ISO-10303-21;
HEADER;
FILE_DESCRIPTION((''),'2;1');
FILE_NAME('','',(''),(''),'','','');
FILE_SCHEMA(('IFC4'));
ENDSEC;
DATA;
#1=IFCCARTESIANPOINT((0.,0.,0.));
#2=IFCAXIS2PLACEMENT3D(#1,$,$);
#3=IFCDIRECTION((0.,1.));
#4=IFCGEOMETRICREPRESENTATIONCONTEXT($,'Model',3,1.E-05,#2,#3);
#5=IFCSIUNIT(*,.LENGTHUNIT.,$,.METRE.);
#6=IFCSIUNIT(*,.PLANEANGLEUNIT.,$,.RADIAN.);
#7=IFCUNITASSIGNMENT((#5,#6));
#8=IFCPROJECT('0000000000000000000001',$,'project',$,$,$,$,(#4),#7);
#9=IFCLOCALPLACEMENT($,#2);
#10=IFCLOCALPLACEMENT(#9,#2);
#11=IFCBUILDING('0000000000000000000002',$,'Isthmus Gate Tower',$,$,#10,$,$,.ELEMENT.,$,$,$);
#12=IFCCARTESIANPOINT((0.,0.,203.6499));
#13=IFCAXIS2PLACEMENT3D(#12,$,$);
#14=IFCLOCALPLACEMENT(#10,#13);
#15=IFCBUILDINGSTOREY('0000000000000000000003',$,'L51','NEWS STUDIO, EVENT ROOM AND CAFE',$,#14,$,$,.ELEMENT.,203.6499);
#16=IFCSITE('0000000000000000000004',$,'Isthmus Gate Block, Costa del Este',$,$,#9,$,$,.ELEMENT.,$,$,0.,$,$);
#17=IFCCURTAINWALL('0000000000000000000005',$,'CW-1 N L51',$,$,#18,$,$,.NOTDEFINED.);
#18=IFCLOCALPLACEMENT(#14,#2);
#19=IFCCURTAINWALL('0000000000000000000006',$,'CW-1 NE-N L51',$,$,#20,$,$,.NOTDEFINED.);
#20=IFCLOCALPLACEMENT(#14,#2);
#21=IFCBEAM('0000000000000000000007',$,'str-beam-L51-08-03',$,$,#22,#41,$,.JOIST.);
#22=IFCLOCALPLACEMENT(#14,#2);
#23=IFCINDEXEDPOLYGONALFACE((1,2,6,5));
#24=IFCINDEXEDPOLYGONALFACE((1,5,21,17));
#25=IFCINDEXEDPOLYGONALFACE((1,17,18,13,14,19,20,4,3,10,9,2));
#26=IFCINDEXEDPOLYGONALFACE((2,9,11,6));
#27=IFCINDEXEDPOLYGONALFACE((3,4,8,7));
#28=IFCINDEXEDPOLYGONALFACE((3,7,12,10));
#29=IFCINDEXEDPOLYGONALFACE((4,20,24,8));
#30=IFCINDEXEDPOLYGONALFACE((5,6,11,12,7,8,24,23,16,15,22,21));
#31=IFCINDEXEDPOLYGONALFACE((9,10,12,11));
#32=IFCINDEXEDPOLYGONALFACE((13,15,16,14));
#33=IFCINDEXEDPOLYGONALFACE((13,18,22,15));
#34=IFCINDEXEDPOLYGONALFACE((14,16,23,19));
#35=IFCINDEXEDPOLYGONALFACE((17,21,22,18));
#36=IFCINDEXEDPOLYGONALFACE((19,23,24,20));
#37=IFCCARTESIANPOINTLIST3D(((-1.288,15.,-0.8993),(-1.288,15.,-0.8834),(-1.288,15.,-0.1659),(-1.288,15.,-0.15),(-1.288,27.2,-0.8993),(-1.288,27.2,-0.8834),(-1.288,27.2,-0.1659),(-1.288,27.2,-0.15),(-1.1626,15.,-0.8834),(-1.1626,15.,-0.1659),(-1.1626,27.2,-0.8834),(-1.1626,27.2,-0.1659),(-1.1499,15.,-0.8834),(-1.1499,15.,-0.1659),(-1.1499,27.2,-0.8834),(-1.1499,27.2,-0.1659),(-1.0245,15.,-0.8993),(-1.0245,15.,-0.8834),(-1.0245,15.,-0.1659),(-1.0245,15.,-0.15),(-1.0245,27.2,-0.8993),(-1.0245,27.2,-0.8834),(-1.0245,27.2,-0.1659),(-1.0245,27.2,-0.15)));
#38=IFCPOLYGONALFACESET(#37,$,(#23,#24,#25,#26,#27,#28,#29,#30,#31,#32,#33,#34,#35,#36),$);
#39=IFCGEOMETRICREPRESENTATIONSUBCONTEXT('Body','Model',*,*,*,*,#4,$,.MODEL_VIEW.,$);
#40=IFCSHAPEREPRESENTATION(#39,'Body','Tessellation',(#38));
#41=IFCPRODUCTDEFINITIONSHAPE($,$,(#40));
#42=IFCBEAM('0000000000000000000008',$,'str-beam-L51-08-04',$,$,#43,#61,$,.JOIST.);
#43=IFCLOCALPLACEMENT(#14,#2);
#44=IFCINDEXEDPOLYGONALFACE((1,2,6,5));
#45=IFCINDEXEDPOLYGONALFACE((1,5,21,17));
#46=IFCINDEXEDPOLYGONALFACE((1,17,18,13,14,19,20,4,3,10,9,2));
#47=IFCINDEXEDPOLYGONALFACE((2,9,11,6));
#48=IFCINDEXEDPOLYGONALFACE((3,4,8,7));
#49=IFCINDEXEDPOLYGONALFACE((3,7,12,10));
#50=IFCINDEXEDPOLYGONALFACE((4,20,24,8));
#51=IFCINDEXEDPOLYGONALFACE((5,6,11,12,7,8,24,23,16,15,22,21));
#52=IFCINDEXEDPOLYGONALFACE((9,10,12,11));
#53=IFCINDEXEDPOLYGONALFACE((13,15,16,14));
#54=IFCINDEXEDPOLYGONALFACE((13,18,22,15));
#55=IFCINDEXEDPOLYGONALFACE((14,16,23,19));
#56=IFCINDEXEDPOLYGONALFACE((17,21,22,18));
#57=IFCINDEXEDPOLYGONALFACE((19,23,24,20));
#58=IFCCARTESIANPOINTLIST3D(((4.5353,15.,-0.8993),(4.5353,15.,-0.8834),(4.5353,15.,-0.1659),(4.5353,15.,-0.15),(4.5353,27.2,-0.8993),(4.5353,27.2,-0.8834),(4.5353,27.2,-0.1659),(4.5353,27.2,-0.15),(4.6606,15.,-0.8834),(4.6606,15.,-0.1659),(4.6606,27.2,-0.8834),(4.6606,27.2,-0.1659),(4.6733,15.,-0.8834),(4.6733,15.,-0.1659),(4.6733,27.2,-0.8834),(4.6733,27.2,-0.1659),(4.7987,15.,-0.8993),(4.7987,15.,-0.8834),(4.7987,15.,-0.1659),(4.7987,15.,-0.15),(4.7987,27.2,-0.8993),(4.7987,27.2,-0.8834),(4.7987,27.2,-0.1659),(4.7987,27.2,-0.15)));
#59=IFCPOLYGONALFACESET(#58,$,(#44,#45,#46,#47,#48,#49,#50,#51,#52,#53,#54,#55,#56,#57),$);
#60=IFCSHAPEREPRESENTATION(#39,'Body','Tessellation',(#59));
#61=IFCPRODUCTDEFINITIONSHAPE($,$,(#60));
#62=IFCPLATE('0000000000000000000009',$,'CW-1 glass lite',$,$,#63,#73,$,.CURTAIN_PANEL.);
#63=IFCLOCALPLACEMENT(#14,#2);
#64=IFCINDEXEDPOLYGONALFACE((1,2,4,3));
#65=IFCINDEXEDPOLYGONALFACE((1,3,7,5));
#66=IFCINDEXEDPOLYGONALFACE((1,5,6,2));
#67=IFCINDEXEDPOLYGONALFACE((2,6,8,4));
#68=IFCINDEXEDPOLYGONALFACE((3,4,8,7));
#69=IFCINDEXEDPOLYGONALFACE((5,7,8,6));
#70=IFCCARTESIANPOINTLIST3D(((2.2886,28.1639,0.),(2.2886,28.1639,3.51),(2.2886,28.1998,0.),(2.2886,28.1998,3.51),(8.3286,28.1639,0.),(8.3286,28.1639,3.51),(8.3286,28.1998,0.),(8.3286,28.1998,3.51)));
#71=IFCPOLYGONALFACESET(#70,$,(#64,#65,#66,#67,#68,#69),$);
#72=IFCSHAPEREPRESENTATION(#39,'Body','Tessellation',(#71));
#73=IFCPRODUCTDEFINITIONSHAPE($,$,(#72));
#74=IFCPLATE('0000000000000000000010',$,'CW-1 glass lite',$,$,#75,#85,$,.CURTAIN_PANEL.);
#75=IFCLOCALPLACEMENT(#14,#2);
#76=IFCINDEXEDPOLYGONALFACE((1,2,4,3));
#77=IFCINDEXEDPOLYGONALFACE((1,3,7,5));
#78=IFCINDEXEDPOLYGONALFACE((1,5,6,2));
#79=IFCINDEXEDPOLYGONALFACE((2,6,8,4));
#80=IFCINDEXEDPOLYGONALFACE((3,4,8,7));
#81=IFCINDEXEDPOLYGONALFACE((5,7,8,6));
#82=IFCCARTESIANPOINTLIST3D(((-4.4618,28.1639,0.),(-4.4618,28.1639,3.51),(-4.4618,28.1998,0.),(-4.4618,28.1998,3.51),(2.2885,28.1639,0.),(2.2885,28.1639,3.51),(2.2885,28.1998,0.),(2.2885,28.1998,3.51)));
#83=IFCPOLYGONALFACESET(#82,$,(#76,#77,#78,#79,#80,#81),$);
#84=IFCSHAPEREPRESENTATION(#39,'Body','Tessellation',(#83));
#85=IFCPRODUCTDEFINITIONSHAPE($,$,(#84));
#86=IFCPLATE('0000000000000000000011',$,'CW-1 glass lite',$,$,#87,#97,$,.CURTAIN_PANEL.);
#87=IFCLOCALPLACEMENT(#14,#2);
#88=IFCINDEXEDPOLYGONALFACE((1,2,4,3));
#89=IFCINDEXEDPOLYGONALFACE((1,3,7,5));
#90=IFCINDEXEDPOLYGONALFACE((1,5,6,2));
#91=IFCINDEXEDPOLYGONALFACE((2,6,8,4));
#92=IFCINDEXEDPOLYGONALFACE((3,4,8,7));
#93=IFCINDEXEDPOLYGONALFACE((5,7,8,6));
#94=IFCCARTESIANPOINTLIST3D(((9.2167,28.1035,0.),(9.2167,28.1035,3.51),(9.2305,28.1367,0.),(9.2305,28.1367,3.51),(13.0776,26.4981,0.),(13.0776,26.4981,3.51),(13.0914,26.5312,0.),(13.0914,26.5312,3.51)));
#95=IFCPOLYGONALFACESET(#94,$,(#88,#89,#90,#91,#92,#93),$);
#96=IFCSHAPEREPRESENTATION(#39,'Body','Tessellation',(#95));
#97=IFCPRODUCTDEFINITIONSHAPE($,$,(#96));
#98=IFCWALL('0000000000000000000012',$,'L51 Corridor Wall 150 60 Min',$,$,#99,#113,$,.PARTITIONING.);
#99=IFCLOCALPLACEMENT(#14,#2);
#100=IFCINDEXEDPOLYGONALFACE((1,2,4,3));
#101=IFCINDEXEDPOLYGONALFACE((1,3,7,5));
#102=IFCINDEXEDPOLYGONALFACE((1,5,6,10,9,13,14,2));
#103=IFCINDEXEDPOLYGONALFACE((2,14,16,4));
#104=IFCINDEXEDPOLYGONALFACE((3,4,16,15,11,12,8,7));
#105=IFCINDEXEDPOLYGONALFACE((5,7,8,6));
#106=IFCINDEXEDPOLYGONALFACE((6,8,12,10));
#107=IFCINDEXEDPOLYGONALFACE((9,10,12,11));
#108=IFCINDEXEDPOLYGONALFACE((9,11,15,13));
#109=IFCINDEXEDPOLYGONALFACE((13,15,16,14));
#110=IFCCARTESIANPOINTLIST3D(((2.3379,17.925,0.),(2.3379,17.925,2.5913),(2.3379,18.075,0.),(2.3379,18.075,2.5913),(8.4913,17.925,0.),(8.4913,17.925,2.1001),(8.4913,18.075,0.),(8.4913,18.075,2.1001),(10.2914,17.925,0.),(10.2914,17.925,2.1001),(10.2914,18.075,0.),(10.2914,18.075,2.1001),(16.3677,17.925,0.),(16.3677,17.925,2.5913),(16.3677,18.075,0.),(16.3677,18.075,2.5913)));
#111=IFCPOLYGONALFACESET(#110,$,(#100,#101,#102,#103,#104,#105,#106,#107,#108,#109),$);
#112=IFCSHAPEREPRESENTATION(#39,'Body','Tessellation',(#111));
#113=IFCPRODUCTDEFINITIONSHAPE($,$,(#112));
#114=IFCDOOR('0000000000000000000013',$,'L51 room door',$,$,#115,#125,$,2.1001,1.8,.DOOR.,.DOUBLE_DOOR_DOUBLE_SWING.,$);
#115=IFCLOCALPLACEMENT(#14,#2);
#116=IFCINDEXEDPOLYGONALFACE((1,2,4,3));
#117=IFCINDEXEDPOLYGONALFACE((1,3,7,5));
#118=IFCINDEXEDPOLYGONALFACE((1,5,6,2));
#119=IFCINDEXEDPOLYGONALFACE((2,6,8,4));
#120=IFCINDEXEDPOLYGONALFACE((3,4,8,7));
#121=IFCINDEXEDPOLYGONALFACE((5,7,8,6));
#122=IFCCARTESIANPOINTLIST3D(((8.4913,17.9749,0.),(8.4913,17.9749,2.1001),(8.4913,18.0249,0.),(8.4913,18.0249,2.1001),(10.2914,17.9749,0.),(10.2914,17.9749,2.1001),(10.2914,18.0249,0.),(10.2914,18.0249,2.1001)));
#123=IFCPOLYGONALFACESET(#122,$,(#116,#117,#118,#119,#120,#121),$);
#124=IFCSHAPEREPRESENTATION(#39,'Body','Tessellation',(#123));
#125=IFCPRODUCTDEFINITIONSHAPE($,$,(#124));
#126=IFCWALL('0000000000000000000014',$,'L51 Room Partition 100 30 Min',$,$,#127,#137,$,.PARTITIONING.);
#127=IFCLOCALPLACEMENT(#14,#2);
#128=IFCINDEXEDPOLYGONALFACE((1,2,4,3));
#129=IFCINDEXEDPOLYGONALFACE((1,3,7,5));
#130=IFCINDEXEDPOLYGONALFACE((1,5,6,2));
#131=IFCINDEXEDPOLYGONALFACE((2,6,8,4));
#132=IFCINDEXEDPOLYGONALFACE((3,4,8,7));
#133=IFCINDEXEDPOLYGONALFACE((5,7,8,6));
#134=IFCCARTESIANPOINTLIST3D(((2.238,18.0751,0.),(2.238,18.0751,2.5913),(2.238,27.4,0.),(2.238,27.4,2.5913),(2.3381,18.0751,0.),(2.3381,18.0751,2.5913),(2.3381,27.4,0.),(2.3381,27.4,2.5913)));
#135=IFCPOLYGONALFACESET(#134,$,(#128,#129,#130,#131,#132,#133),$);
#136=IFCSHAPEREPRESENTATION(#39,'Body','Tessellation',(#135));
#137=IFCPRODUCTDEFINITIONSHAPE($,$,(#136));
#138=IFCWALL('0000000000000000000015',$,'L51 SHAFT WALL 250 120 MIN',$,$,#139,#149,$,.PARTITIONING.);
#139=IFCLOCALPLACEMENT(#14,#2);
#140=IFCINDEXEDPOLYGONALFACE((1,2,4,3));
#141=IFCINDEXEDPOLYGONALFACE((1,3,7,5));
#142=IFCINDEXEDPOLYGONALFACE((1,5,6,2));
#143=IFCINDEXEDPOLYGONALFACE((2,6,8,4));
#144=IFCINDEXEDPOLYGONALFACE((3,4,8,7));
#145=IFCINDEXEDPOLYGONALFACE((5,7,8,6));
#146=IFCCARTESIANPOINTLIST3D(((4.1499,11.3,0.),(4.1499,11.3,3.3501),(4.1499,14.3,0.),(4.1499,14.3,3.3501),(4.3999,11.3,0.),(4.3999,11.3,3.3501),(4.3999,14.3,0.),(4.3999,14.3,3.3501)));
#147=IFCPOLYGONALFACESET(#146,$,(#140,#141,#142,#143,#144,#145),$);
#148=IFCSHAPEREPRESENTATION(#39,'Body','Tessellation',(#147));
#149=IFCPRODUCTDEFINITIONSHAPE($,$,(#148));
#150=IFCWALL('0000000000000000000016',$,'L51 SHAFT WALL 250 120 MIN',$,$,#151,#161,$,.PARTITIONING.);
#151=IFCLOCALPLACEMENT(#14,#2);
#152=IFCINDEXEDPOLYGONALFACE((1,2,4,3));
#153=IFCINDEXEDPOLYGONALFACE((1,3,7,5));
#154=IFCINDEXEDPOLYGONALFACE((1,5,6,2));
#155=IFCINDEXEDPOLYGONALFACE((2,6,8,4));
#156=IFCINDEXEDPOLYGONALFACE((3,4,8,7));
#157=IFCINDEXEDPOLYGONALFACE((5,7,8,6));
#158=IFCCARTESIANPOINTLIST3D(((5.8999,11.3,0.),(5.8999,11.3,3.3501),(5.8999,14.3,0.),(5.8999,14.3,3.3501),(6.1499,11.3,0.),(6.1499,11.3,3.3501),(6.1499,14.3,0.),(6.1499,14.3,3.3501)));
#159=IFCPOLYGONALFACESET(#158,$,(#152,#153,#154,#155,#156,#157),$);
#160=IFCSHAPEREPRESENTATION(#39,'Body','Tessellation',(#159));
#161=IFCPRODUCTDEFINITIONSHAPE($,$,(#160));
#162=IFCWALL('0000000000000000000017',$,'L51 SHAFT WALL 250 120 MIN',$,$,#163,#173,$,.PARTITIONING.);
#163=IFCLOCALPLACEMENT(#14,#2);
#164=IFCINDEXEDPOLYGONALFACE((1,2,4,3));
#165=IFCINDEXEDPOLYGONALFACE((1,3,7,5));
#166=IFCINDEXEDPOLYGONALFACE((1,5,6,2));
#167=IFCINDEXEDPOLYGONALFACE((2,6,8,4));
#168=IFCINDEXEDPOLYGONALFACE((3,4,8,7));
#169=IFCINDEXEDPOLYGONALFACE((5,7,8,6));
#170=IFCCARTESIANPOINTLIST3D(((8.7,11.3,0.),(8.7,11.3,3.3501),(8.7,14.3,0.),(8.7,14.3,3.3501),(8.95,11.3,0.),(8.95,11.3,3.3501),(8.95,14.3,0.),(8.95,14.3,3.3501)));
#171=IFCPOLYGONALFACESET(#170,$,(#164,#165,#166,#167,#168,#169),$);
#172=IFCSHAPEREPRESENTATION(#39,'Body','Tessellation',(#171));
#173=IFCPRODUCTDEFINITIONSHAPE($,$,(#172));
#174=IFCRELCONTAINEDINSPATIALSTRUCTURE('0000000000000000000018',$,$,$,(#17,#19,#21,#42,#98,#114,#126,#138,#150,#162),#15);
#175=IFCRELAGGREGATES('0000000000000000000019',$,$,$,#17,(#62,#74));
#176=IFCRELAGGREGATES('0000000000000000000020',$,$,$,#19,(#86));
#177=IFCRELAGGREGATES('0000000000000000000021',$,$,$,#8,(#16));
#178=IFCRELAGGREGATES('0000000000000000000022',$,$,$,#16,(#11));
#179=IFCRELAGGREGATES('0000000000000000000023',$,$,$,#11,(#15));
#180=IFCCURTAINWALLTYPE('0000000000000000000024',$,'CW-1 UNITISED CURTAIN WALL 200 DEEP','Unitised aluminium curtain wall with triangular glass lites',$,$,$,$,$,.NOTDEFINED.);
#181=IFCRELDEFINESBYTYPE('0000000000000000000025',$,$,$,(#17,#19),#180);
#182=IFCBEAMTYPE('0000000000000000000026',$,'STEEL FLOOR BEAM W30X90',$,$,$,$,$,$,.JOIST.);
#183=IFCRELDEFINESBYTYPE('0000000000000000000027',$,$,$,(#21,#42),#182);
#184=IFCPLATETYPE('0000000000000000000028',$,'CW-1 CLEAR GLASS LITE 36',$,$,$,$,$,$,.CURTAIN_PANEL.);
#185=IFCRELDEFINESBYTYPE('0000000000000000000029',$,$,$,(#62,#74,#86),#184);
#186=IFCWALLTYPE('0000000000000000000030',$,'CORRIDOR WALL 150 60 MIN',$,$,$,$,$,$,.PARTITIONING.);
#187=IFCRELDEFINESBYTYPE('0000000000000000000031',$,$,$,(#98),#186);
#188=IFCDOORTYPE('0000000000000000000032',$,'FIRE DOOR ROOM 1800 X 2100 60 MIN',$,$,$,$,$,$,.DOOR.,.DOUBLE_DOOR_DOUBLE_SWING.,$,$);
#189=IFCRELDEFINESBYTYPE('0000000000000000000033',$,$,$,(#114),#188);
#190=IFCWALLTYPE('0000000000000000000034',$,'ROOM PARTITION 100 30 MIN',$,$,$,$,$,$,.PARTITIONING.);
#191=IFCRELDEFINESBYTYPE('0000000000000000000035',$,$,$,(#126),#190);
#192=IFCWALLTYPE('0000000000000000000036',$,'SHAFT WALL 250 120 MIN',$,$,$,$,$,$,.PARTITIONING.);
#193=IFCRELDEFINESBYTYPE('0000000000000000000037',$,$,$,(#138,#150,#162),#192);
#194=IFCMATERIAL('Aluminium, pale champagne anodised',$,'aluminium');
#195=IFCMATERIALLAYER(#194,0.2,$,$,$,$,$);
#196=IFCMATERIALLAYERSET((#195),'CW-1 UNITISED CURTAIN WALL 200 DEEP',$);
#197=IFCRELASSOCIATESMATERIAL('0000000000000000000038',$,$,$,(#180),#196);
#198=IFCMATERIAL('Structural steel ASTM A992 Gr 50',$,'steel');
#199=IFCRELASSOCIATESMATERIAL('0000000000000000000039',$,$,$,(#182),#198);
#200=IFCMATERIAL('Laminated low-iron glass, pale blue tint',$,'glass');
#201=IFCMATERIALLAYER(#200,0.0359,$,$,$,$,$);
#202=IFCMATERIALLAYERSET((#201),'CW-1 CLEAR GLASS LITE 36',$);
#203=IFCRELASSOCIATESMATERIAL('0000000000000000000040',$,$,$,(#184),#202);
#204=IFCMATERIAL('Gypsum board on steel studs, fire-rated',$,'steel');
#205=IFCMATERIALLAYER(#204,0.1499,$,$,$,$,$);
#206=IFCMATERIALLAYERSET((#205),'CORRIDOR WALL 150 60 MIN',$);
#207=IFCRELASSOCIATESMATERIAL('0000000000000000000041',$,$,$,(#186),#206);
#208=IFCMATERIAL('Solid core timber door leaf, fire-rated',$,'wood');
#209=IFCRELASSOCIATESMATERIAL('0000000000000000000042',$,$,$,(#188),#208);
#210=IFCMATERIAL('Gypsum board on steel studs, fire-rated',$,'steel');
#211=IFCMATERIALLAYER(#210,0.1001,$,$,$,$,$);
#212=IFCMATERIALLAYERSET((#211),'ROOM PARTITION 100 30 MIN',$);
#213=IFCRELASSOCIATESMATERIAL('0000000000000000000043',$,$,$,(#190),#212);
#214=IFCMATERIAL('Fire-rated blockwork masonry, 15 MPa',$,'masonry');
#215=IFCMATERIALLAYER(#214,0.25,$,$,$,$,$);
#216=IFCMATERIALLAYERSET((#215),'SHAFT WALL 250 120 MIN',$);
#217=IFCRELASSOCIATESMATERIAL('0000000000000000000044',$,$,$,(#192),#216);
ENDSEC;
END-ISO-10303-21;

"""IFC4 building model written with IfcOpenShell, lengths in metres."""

from ifc_helpers import new_model, si_unit, direction, frame, frame_2d, origin, origin_2d, place, context, subcontext, project, spatial, rectangle, i_section, extrude, material, layer, layer_set, material_profile, profile_set, type_object, element, fill, aggregate, save


model = new_model("IFC4")

# Units and contexts
model_context = context("Model", 3, precision=1e-05, world=origin(), true_north=direction((0.0, 1.0)))
body_context = subcontext(model_context, "Body", "Model", "MODEL_VIEW")
ifc_project = project(units=[si_unit("LENGTHUNIT", "METRE"), si_unit("PLANEANGLEUNIT", "RADIAN")], contexts=[model_context])

# Site, building, storey
site_placement = place(None, origin())
site = spatial("IfcSite", under=ifc_project, at=site_placement, Name="Isthmus Gate Block, Costa del Este", CompositionType="ELEMENT", RefElevation=0.0)
building_placement = place(site_placement, origin())
building = spatial("IfcBuilding", under=site, at=building_placement, Name="Isthmus Gate Tower", CompositionType="ELEMENT")
storey_placement = place(building_placement, frame((0.0, 0.0, 203.6499)))
storey = spatial("IfcBuildingStorey", under=building, at=storey_placement, Name="L51", Description="NEWS STUDIO, EVENT ROOM AND CAFE", CompositionType="ELEMENT", Elevation=203.6499)

# Curtain walls
ifc_material_1 = material(Name="Aluminium, pale champagne anodised", Category="aluminium")
ifc_layer_1 = layer(ifc_material_1, 0.2)
ifc_layer_set_1 = layer_set([ifc_layer_1], Name="CW-1 UNITISED CURTAIN WALL 200 DEEP")
curtain_wall_type = type_object("IfcCurtainWallType", Name="CW-1 UNITISED CURTAIN WALL 200 DEEP", Description="Unitised aluminium curtain wall with triangular glass lites", PredefinedType="NOTDEFINED", material=ifc_layer_set_1)
curtain_wall_1_placement = place(storey_placement, origin())
curtain_wall_1 = element("IfcCurtainWall", 1, at=curtain_wall_1_placement, inside=storey, type_object=curtain_wall_type, Name="CW-1 N L51", PredefinedType="NOTDEFINED")
curtain_wall_2_placement = place(storey_placement, origin())
curtain_wall_2 = element("IfcCurtainWall", 2, at=curtain_wall_2_placement, inside=storey, type_object=curtain_wall_type, Name="CW-1 NE-N L51", PredefinedType="NOTDEFINED")

# Beams
ifc_material_2 = material(Name="Structural steel ASTM A992 Gr 50", Category="steel")
ifc_material_profile_1 = material_profile(ifc_material_2, i_section(OverallWidth=0.2634, OverallDepth=0.7493, WebThickness=0.0127, FlangeThickness=0.0159, at=origin_2d()), Name="W30X90")
ifc_profile_set_1 = profile_set([ifc_material_profile_1], Name="Structural steel ASTM A992 Gr 50")
beam_type_1 = type_object("IfcBeamType", Name="STEEL FLOOR BEAM W30X90", PredefinedType="JOIST", material=ifc_profile_set_1)
for number, where, z_axis, x_axis, name in (
    (3, (-1.1562, 15.0, -0.5247), (0.0, 1.0, 0.0), (-1.0, 0.0, 0.0), "str-beam-L51-08-03"),
    (4, (4.667, 15.0, -0.5247), (0.0, 1.0, 0.0), (-1.0, 0.0, 0.0), "str-beam-L51-08-04"),
):
    element("IfcBeam", number, at=place(storey_placement, frame(where, z_axis=z_axis, x_axis=x_axis)), inside=storey, type_object=beam_type_1, Name=name, PredefinedType="JOIST", context=body_context, shape_type="SweptSolid", body=[
        extrude(i_section(OverallWidth=0.2634, OverallDepth=0.7493, WebThickness=0.0127, FlangeThickness=0.0159, at=origin_2d()), origin(), (0.0, 0.0, 1.0), 12.2),
    ])

# Plates
ifc_material_3 = material(Name="Laminated low-iron glass, pale blue tint", Category="glass")
ifc_layer_2 = layer(ifc_material_3, 0.0359)
ifc_layer_set_2 = layer_set([ifc_layer_2], Name="CW-1 CLEAR GLASS LITE 36")
plate_type = type_object("IfcPlateType", Name="CW-1 CLEAR GLASS LITE 36", PredefinedType="CURTAIN_PANEL", material=ifc_layer_set_2)
plate_1_placement = place(storey_placement, frame((5.3086, 28.1819, 0.0), z_axis=(0.0, 0.0, 1.0), x_axis=(-1.0, 0.0, 0.0)))
plate_1 = element("IfcPlate", 5, at=plate_1_placement, type_object=plate_type, Name="CW-1 glass lite", PredefinedType="CURTAIN_PANEL", context=body_context, shape_type="SweptSolid", body=[
    extrude(rectangle(XDim=6.04, YDim=0.0359, at=origin_2d()), origin(), (0.0, 0.0, 1.0), 3.51),
])
plate_2_placement = place(storey_placement, frame((-1.0867, 28.1819, 0.0), z_axis=(0.0, 0.0, 1.0), x_axis=(-1.0, 0.0, 0.0)))
plate_2 = element("IfcPlate", 6, at=plate_2_placement, type_object=plate_type, Name="CW-1 glass lite", PredefinedType="CURTAIN_PANEL", context=body_context, shape_type="SweptSolid", body=[
    extrude(rectangle(XDim=6.7502, YDim=0.0359, at=origin_2d()), origin(), (0.0, 0.0, 1.0), 3.51),
])
aggregate(curtain_wall_1, [plate_1, plate_2])
plate_3_placement = place(storey_placement, frame((11.1541, 27.3174, 0.0), z_axis=(0.0, 0.0, 1.0), x_axis=(-0.923353, 0.383952, 0.0)))
plate_3 = element("IfcPlate", 7, at=plate_3_placement, type_object=plate_type, Name="CW-1 glass lite", PredefinedType="CURTAIN_PANEL", context=body_context, shape_type="SweptSolid", body=[
    extrude(rectangle(XDim=4.1814, YDim=0.0359, at=origin_2d()), origin(), (0.0, 0.0, 1.0), 3.51),
])
aggregate(curtain_wall_2, [plate_3])

# Wall, opening, door
ifc_material_4 = material(Name="Gypsum board on steel studs, fire-rated", Category="steel")
ifc_layer_3 = layer(ifc_material_4, 0.1499)
ifc_layer_set_3 = layer_set([ifc_layer_3], Name="CORRIDOR WALL 150 60 MIN")
wall_type_1 = type_object("IfcWallType", Name="CORRIDOR WALL 150 60 MIN", PredefinedType="PARTITIONING", material=ifc_layer_set_3)
wall_1_placement = place(storey_placement, frame((2.3379, 18.0, 0.0), z_axis=(0.0, 0.0, 1.0), x_axis=(1.0, 0.0, 0.0)))
wall_1 = element("IfcWall", 8, at=wall_1_placement, inside=storey, type_object=wall_type_1, Name="L51 Corridor Wall 150 60 Min", PredefinedType="PARTITIONING", context=body_context, shape_type="SweptSolid", body=[
    extrude(rectangle(XDim=14.0298, YDim=0.1499, at=frame_2d((7.0149, 0.0))), origin(), (0.0, 0.0, 1.0), 2.5913),
])
opening_placement = place(wall_1_placement, frame((6.1536, 0.0, 0.0)))
opening = element("IfcOpeningElement", 9, at=opening_placement, cuts=wall_1, PredefinedType="OPENING", context=body_context, shape_type="SweptSolid", body=[
    extrude(rectangle(XDim=1.8, YDim=2.1001, at=frame_2d((0.8999, 1.05))), frame((0.0, 0.085, 0.0), z_axis=(0.0, -1.0, 0.0), x_axis=(1.0, 0.0, 0.0)), (0.0, 0.0, 1.0), 0.1699),
])
ifc_material_5 = material(Name="Solid core timber door leaf, fire-rated", Category="wood")
door_type = type_object("IfcDoorType", Name="FIRE DOOR ROOM 1800 X 2100 60 MIN", OperationType="DOUBLE_DOOR_DOUBLE_SWING", PredefinedType="DOOR", material=ifc_material_5)
door_placement = place(opening_placement, origin())
door = element("IfcDoor", 10, at=door_placement, inside=storey, type_object=door_type, Name="L51 room door", OperationType="DOUBLE_DOOR_DOUBLE_SWING", OverallHeight=2.1001, OverallWidth=1.8, PredefinedType="DOOR", context=body_context, shape_type="SweptSolid", body=[
    extrude(rectangle(XDim=1.8, YDim=2.1001, at=frame_2d((0.8999, 1.05))), frame((0.0, 0.0249, 0.0), z_axis=(0.0, -1.0, 0.0), x_axis=(1.0, 0.0, 0.0)), (0.0, 0.0, 1.0), 0.05),
])
fill(opening, door)

# Walls
ifc_material_6 = material(Name="Gypsum board on steel studs, fire-rated", Category="steel")
ifc_layer_4 = layer(ifc_material_6, 0.1001)
ifc_layer_set_4 = layer_set([ifc_layer_4], Name="ROOM PARTITION 100 30 MIN")
wall_type_2 = type_object("IfcWallType", Name="ROOM PARTITION 100 30 MIN", PredefinedType="PARTITIONING", material=ifc_layer_set_4)
wall_2_placement = place(storey_placement, frame((2.2881, 18.075, 0.0), z_axis=(0.0, 0.0, 1.0), x_axis=(0.0, 1.0, 0.0)))
element("IfcWall", 11, at=wall_2_placement, inside=storey, type_object=wall_type_2, Name="L51 Room Partition 100 30 Min", PredefinedType="PARTITIONING", context=body_context, shape_type="SweptSolid", body=[
    extrude(rectangle(XDim=9.325, YDim=0.1001, at=frame_2d((4.6626, 0.0))), origin(), (0.0, 0.0, 1.0), 2.5913),
])
ifc_material_7 = material(Name="Fire-rated blockwork masonry, 15 MPa", Category="masonry")
ifc_layer_5 = layer(ifc_material_7, 0.25)
ifc_layer_set_5 = layer_set([ifc_layer_5], Name="SHAFT WALL 250 120 MIN")
wall_type_3 = type_object("IfcWallType", Name="SHAFT WALL 250 120 MIN", PredefinedType="PARTITIONING", material=ifc_layer_set_5)
for number, where, z_axis, x_axis, name in (
    (12, (4.2749, 11.3, 0.0), (0.0, 0.0, 1.0), (0.0, 1.0, 0.0), "L51 SHAFT WALL 250 120 MIN"),
    (13, (6.0249, 11.3, 0.0), (0.0, 0.0, 1.0), (0.0, 1.0, 0.0), "L51 SHAFT WALL 250 120 MIN"),
    (14, (8.825, 11.3, 0.0), (0.0, 0.0, 1.0), (0.0, 1.0, 0.0), "L51 SHAFT WALL 250 120 MIN"),
):
    element("IfcWall", number, at=place(storey_placement, frame(where, z_axis=z_axis, x_axis=x_axis)), inside=storey, type_object=wall_type_3, Name=name, PredefinedType="PARTITIONING", context=body_context, shape_type="SweptSolid", body=[
        extrude(rectangle(XDim=3.0, YDim=0.25, at=frame_2d((1.5, 0.0))), origin(), (0.0, 0.0, 1.0), 3.3501),
    ])

save(model, "model.ifc")
